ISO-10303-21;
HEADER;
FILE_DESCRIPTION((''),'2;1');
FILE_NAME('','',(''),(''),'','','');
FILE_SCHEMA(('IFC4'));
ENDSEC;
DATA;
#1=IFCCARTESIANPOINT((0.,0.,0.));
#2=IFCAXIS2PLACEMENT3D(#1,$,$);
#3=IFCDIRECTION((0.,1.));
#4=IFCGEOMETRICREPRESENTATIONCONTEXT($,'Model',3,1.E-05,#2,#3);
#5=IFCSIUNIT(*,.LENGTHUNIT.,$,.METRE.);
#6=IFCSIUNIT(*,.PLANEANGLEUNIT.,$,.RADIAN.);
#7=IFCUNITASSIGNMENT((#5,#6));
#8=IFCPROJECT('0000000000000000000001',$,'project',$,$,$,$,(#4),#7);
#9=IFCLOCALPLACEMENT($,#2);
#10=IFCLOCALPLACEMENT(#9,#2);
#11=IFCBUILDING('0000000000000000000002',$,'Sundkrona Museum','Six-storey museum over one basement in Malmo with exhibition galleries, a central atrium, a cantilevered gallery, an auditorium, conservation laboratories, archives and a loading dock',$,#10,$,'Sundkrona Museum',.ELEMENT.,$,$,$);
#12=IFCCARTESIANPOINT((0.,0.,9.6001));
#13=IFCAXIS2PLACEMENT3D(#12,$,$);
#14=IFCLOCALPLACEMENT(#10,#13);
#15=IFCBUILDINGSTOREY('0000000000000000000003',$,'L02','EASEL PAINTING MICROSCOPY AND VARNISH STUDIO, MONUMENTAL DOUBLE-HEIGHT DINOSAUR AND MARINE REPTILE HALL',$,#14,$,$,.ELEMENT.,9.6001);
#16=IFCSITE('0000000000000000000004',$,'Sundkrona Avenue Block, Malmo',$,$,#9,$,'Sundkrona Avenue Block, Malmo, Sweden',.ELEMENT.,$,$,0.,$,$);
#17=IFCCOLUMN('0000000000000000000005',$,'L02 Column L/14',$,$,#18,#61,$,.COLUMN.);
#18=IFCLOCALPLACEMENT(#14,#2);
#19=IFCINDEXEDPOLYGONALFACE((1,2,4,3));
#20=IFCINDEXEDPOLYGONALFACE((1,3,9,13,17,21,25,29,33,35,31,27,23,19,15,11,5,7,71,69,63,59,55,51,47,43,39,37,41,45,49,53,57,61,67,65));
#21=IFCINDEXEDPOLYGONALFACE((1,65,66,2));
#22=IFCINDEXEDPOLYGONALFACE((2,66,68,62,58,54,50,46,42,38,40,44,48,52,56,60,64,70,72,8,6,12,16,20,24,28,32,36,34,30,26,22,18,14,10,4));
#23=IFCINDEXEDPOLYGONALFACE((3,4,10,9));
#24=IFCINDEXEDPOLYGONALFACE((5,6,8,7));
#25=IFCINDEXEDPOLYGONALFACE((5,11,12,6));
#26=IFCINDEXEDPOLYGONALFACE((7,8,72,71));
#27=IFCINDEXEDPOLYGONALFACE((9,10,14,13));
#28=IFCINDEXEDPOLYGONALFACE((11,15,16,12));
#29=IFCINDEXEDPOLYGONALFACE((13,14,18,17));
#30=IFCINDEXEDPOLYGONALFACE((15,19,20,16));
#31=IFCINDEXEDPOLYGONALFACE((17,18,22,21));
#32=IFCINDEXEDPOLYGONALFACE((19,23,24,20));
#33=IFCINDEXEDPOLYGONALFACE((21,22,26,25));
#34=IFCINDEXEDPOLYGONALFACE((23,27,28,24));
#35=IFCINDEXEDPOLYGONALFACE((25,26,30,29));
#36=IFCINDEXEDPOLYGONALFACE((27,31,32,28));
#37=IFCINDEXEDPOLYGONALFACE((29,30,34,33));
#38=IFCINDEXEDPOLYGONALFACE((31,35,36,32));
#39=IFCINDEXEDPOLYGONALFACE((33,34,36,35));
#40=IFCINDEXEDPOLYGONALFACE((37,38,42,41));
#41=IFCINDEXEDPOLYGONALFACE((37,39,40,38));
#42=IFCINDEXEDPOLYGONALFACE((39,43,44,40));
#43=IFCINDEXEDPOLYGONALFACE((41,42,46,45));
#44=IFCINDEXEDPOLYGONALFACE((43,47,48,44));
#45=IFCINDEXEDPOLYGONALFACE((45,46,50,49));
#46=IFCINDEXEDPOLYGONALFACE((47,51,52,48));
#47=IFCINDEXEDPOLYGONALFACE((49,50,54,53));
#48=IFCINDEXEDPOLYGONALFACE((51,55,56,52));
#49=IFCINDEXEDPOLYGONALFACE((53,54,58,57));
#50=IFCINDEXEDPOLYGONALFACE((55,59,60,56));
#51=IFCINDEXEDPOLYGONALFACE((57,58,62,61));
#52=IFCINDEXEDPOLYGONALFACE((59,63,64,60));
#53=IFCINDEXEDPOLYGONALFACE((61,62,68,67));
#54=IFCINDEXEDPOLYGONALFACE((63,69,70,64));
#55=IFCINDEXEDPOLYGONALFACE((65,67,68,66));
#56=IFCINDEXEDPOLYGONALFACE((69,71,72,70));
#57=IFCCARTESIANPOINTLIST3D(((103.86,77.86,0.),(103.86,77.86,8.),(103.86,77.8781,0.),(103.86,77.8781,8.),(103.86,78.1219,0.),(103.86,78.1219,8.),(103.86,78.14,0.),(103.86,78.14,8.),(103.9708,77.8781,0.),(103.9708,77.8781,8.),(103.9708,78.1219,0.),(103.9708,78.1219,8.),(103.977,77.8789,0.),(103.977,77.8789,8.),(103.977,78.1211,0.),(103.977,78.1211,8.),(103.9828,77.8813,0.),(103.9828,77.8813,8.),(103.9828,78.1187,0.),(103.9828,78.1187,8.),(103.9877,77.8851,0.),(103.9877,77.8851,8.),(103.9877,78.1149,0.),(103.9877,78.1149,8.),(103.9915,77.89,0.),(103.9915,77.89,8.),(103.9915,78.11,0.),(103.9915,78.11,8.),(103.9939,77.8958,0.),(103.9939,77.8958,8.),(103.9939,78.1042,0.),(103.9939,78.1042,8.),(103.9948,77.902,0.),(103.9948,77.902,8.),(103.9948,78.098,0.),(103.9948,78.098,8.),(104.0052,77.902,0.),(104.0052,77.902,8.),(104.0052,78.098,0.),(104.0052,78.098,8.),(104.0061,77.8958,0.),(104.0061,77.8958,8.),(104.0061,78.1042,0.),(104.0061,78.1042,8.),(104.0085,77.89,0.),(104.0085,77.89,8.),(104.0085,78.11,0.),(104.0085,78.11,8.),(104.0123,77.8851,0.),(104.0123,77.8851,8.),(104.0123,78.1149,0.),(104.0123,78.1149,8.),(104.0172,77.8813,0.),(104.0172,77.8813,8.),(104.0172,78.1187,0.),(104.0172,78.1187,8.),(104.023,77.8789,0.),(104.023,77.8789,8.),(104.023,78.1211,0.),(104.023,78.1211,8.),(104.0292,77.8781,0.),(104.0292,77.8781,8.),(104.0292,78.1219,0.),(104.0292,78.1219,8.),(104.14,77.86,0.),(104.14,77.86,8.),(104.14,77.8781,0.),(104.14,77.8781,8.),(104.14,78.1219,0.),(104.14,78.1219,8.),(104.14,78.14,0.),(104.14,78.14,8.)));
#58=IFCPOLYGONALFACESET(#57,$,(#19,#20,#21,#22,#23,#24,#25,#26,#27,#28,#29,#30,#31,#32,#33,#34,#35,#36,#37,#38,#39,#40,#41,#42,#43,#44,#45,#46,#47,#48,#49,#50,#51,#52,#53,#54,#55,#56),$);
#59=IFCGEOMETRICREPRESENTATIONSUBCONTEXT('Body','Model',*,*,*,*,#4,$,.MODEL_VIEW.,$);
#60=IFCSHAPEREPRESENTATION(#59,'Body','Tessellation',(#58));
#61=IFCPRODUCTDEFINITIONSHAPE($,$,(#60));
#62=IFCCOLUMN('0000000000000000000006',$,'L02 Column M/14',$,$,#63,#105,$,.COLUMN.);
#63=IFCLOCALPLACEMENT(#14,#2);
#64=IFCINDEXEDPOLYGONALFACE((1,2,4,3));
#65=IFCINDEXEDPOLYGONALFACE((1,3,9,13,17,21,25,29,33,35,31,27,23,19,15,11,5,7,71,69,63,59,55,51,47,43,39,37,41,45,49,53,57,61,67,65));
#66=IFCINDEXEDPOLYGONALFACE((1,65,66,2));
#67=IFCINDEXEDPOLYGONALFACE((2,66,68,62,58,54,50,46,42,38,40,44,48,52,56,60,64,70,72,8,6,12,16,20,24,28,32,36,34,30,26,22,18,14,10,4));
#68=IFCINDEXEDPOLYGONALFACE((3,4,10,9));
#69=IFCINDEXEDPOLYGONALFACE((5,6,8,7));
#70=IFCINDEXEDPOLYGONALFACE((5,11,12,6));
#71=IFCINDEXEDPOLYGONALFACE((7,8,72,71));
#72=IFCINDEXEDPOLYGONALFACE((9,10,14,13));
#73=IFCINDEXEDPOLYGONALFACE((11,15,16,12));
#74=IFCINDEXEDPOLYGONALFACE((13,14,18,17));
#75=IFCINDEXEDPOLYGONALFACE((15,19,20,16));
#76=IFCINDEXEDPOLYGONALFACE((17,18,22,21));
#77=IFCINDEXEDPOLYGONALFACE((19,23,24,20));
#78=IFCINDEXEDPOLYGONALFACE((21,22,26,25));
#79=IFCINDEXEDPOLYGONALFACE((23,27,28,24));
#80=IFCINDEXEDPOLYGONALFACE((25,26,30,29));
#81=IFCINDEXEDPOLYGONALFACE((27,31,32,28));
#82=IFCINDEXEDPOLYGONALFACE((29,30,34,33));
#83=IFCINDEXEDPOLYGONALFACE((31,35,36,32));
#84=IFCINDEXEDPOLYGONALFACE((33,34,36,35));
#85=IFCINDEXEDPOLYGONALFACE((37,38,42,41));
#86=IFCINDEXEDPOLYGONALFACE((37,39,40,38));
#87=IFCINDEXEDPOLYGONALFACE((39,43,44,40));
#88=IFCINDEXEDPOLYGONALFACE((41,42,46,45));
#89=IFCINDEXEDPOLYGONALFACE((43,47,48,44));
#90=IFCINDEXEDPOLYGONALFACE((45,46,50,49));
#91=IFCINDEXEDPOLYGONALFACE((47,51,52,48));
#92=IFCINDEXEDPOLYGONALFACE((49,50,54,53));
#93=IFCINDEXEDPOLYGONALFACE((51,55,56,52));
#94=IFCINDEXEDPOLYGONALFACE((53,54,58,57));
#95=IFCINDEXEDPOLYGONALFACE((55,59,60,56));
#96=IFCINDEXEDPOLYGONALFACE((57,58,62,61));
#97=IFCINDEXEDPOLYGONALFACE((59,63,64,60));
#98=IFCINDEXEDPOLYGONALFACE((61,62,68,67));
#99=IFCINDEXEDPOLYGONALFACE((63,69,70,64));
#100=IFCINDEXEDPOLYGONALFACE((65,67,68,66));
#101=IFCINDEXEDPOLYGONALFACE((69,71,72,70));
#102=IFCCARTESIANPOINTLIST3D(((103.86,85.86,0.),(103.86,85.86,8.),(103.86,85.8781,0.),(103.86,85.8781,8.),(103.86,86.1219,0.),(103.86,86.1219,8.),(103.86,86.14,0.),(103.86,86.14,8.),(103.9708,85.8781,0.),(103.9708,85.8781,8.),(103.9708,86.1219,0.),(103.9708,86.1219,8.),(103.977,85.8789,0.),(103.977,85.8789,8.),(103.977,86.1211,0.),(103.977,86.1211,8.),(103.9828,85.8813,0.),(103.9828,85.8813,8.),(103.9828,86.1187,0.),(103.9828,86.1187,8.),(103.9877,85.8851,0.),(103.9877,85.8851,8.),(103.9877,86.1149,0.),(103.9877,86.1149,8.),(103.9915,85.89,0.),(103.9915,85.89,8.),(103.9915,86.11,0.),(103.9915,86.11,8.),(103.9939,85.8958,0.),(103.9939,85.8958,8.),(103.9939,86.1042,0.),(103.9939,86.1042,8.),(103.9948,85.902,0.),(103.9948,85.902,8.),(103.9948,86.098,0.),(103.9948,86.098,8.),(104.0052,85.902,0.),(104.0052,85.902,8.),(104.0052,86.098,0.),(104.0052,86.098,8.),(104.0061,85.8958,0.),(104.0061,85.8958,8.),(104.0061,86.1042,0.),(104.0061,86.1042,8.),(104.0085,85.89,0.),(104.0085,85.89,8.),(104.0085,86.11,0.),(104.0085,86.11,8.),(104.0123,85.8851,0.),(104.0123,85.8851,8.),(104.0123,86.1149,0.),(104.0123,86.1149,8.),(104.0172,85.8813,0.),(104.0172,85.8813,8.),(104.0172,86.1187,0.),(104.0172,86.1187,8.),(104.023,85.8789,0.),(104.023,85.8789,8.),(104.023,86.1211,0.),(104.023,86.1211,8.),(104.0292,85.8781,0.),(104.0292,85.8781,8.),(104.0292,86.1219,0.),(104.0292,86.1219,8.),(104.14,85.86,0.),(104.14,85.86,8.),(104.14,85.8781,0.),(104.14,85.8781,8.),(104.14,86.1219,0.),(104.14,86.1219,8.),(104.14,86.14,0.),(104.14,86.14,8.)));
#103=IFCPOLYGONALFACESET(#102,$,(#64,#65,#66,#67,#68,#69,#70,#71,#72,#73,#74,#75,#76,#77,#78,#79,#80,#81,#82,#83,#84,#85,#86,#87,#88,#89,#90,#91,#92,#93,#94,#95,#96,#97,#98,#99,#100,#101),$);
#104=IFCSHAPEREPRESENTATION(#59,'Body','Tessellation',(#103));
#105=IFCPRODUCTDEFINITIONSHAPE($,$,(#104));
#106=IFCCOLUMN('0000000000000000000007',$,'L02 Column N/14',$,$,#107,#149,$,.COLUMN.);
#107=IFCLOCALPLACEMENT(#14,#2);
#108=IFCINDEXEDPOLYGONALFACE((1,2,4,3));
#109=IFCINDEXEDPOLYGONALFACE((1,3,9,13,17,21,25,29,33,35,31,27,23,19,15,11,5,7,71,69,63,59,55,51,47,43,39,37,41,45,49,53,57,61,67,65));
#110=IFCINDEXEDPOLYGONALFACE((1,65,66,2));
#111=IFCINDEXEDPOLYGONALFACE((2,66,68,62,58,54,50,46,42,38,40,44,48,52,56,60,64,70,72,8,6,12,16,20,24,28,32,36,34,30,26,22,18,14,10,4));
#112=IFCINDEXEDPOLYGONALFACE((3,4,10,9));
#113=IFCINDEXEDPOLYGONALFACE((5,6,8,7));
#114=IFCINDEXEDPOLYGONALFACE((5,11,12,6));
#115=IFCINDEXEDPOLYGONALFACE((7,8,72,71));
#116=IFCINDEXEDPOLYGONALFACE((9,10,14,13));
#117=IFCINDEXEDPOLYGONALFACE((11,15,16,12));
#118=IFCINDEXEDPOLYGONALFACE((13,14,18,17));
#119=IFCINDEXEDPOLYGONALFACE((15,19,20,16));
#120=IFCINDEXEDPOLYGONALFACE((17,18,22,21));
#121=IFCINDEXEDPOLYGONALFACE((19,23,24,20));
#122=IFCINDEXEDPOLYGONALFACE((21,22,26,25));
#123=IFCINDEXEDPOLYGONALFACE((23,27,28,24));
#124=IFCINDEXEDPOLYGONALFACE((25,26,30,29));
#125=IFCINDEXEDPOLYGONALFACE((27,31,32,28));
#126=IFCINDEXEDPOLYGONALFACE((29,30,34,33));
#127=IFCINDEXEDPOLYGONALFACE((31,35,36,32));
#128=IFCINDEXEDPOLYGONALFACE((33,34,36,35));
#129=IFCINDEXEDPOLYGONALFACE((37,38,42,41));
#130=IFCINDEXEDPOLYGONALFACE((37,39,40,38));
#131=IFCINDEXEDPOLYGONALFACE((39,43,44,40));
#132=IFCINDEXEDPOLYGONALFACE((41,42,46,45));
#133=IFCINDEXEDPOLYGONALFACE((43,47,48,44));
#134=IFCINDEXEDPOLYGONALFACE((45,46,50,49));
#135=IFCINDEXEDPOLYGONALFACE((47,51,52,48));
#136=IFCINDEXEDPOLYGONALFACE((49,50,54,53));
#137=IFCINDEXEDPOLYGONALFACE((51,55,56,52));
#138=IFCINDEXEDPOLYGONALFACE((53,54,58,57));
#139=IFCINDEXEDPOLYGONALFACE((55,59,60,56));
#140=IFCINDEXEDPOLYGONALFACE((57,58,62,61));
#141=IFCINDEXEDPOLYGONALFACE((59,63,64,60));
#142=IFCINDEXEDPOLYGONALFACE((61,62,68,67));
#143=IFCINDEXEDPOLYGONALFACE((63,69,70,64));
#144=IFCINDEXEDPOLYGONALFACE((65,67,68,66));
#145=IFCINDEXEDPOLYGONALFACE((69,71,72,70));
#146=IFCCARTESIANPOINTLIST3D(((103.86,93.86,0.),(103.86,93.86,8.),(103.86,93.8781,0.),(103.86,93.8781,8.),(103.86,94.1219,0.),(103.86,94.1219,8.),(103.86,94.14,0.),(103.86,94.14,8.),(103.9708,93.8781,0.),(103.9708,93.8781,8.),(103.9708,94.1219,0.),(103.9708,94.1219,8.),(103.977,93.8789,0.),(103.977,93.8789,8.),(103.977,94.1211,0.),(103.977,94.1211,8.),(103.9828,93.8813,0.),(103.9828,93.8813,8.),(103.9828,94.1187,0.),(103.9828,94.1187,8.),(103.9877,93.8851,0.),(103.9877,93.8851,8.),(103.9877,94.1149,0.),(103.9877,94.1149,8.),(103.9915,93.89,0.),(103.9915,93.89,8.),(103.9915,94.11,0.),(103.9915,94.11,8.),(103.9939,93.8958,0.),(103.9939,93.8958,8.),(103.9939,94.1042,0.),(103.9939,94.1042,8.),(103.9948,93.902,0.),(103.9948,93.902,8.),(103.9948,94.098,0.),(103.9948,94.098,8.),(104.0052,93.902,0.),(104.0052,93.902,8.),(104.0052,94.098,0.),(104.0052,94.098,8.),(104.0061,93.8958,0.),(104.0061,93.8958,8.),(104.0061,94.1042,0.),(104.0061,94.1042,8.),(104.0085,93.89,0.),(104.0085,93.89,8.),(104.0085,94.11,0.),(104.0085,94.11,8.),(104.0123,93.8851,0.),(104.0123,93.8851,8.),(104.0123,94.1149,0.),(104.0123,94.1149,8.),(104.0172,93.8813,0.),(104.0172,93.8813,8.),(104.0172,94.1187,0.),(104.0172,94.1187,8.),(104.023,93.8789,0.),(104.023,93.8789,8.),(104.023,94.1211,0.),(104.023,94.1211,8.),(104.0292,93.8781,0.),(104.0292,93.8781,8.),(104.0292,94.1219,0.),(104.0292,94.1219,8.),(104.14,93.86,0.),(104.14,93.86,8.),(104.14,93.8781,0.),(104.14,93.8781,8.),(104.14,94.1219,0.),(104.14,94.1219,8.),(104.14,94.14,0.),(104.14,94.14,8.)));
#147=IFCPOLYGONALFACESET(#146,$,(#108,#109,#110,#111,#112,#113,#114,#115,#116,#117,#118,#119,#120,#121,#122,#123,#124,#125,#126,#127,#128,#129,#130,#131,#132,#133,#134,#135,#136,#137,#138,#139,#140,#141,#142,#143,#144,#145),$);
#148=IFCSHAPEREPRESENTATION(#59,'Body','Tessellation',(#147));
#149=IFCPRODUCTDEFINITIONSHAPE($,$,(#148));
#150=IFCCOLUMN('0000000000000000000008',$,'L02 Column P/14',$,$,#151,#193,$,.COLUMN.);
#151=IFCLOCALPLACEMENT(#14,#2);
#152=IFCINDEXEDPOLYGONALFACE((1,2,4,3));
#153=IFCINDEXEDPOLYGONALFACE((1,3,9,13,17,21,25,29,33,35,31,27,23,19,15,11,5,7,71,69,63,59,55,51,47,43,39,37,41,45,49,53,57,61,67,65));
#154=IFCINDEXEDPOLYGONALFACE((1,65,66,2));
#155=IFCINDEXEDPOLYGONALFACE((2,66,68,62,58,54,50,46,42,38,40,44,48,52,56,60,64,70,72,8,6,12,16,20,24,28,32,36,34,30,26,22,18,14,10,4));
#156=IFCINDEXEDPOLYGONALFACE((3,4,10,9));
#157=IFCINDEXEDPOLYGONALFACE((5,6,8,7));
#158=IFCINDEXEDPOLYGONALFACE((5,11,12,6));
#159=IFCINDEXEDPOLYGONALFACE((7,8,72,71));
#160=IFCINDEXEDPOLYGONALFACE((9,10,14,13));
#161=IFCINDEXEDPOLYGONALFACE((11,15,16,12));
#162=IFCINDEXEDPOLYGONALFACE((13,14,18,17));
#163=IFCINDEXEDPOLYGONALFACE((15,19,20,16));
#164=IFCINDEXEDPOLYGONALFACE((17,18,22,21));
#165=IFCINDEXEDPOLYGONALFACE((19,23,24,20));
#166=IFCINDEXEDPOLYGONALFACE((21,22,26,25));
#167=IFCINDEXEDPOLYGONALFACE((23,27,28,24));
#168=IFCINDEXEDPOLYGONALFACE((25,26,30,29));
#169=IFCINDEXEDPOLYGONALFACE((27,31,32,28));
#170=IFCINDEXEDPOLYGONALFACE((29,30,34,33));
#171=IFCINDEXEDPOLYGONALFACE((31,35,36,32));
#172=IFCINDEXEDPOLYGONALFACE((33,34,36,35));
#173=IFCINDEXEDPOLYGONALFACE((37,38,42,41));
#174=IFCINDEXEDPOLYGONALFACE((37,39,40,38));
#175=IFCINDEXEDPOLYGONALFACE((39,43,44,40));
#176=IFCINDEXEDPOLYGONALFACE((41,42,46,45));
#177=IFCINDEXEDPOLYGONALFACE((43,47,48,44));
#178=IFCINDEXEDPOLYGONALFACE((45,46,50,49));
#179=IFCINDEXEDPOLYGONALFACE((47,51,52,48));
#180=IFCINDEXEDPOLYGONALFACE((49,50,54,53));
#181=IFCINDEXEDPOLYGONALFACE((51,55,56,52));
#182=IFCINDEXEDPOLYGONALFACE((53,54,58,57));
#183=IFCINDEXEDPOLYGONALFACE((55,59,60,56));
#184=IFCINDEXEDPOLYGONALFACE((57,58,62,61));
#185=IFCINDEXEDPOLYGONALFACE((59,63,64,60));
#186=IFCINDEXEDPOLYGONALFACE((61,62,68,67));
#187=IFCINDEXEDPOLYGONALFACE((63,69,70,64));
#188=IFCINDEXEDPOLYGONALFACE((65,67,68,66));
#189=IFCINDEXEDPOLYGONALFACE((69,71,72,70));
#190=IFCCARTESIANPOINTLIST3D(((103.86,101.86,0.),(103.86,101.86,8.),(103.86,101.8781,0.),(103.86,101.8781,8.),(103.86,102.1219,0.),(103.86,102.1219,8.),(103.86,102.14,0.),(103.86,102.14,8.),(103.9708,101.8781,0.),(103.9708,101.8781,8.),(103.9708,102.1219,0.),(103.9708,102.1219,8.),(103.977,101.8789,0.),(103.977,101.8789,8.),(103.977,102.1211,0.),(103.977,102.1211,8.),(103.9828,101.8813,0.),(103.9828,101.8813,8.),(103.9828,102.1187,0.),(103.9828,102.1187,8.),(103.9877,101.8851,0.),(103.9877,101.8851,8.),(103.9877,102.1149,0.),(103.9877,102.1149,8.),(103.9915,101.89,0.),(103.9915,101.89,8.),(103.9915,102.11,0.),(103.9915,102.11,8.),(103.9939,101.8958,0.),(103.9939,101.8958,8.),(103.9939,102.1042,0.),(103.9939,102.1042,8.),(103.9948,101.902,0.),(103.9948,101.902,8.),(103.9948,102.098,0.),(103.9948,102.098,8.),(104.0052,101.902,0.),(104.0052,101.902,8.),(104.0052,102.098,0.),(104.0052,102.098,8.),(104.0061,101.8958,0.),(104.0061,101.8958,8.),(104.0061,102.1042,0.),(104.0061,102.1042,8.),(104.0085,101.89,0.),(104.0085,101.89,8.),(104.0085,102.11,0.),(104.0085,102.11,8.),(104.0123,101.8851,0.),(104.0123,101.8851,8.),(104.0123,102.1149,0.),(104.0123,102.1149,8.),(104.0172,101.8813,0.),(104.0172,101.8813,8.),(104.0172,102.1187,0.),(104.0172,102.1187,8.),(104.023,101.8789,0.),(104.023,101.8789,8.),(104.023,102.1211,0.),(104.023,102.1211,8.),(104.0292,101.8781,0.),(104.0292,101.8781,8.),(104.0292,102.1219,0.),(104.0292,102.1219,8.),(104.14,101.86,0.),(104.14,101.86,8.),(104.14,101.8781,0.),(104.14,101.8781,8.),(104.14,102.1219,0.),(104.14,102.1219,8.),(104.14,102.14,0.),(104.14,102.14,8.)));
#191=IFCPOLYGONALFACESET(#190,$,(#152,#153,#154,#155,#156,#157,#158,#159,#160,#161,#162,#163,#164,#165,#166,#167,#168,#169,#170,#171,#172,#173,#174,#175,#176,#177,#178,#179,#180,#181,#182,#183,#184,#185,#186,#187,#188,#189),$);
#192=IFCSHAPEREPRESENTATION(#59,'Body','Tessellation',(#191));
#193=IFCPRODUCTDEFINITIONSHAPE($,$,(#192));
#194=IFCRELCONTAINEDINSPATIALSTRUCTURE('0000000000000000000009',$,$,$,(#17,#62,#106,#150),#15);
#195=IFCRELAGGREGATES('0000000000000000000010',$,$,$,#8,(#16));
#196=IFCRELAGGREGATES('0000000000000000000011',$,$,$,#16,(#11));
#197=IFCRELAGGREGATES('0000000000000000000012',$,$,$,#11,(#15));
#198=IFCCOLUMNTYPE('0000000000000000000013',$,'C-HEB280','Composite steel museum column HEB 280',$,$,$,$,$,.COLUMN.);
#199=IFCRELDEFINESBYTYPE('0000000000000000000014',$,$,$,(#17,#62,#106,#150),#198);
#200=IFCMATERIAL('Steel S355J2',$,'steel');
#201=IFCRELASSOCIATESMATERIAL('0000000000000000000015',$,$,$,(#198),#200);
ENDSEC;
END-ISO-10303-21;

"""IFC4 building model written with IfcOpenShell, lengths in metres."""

from ifc_helpers import new_model, si_unit, direction, frame, origin, origin_2d, place, context, subcontext, project, spatial, i_section, extrude, material, material_profile, profile_set, type_object, element, save


model = new_model("IFC4")

# Units and contexts
model_context = context("Model", 3, precision=1e-05, world=origin(), true_north=direction((0.0, 1.0)))
body_context = subcontext(model_context, "Body", "Model", "MODEL_VIEW")
ifc_project = project(units=[si_unit("LENGTHUNIT", "METRE"), si_unit("PLANEANGLEUNIT", "RADIAN")], contexts=[model_context])

# Site, building, storey
site_placement = place(None, origin())
site = spatial("IfcSite", under=ifc_project, at=site_placement, Name="Sundkrona Avenue Block, Malmo", LongName="Sundkrona Avenue Block, Malmo, Sweden", CompositionType="ELEMENT", RefElevation=0.0)
building_placement = place(site_placement, origin())
building = spatial("IfcBuilding", under=site, at=building_placement, Name="Sundkrona Museum", Description="Six-storey museum over one basement in Malmo with exhibition galleries, a central atrium, a cantilevered gallery, an auditorium, conservation laboratories, archives and a loading dock", LongName="Sundkrona Museum", CompositionType="ELEMENT")
storey_placement = place(building_placement, frame((0.0, 0.0, 9.6001)))
storey = spatial("IfcBuildingStorey", under=building, at=storey_placement, Name="L02", Description="EASEL PAINTING MICROSCOPY AND VARNISH STUDIO, MONUMENTAL DOUBLE-HEIGHT DINOSAUR AND MARINE REPTILE HALL", CompositionType="ELEMENT", Elevation=9.6001)

# Columns
ifc_material_1 = material(Name="Steel S355J2", Category="steel")
ifc_material_profile_1 = material_profile(ifc_material_1, i_section(OverallWidth=0.28, OverallDepth=0.28, WebThickness=0.0105, FlangeThickness=0.0181, FilletRadius=0.0239, at=origin_2d()), Name="HEB 280")
ifc_profile_set_1 = profile_set([ifc_material_profile_1], Name="Steel S355J2")
column_type = type_object("IfcColumnType", Name="C-HEB280", Description="Composite steel museum column HEB 280", PredefinedType="COLUMN", material=ifc_profile_set_1)
for number, where, z_axis, x_axis, name in (
    (1, (104.0, 78.0, 0.0), (0.0, 0.0, 1.0), (1.0, 0.0, 0.0), "L02 Column L/14"),
    (2, (104.0, 86.0, 0.0), (0.0, 0.0, 1.0), (1.0, 0.0, 0.0), "L02 Column M/14"),
    (3, (104.0, 94.0, 0.0), (0.0, 0.0, 1.0), (1.0, 0.0, 0.0), "L02 Column N/14"),
    (4, (104.0, 102.0, 0.0), (0.0, 0.0, 1.0), (1.0, 0.0, 0.0), "L02 Column P/14"),
):
    element("IfcColumn", number, at=place(storey_placement, frame(where, z_axis=z_axis, x_axis=x_axis)), inside=storey, type_object=column_type, Name=name, PredefinedType="COLUMN", context=body_context, shape_type="SweptSolid", body=[
        extrude(i_section(OverallWidth=0.28, OverallDepth=0.28, WebThickness=0.0105, FlangeThickness=0.0181, FilletRadius=0.0239, at=origin_2d()), origin(), (0.0, 0.0, 1.0), 8.0),
    ])

save(model, "model.ifc")
